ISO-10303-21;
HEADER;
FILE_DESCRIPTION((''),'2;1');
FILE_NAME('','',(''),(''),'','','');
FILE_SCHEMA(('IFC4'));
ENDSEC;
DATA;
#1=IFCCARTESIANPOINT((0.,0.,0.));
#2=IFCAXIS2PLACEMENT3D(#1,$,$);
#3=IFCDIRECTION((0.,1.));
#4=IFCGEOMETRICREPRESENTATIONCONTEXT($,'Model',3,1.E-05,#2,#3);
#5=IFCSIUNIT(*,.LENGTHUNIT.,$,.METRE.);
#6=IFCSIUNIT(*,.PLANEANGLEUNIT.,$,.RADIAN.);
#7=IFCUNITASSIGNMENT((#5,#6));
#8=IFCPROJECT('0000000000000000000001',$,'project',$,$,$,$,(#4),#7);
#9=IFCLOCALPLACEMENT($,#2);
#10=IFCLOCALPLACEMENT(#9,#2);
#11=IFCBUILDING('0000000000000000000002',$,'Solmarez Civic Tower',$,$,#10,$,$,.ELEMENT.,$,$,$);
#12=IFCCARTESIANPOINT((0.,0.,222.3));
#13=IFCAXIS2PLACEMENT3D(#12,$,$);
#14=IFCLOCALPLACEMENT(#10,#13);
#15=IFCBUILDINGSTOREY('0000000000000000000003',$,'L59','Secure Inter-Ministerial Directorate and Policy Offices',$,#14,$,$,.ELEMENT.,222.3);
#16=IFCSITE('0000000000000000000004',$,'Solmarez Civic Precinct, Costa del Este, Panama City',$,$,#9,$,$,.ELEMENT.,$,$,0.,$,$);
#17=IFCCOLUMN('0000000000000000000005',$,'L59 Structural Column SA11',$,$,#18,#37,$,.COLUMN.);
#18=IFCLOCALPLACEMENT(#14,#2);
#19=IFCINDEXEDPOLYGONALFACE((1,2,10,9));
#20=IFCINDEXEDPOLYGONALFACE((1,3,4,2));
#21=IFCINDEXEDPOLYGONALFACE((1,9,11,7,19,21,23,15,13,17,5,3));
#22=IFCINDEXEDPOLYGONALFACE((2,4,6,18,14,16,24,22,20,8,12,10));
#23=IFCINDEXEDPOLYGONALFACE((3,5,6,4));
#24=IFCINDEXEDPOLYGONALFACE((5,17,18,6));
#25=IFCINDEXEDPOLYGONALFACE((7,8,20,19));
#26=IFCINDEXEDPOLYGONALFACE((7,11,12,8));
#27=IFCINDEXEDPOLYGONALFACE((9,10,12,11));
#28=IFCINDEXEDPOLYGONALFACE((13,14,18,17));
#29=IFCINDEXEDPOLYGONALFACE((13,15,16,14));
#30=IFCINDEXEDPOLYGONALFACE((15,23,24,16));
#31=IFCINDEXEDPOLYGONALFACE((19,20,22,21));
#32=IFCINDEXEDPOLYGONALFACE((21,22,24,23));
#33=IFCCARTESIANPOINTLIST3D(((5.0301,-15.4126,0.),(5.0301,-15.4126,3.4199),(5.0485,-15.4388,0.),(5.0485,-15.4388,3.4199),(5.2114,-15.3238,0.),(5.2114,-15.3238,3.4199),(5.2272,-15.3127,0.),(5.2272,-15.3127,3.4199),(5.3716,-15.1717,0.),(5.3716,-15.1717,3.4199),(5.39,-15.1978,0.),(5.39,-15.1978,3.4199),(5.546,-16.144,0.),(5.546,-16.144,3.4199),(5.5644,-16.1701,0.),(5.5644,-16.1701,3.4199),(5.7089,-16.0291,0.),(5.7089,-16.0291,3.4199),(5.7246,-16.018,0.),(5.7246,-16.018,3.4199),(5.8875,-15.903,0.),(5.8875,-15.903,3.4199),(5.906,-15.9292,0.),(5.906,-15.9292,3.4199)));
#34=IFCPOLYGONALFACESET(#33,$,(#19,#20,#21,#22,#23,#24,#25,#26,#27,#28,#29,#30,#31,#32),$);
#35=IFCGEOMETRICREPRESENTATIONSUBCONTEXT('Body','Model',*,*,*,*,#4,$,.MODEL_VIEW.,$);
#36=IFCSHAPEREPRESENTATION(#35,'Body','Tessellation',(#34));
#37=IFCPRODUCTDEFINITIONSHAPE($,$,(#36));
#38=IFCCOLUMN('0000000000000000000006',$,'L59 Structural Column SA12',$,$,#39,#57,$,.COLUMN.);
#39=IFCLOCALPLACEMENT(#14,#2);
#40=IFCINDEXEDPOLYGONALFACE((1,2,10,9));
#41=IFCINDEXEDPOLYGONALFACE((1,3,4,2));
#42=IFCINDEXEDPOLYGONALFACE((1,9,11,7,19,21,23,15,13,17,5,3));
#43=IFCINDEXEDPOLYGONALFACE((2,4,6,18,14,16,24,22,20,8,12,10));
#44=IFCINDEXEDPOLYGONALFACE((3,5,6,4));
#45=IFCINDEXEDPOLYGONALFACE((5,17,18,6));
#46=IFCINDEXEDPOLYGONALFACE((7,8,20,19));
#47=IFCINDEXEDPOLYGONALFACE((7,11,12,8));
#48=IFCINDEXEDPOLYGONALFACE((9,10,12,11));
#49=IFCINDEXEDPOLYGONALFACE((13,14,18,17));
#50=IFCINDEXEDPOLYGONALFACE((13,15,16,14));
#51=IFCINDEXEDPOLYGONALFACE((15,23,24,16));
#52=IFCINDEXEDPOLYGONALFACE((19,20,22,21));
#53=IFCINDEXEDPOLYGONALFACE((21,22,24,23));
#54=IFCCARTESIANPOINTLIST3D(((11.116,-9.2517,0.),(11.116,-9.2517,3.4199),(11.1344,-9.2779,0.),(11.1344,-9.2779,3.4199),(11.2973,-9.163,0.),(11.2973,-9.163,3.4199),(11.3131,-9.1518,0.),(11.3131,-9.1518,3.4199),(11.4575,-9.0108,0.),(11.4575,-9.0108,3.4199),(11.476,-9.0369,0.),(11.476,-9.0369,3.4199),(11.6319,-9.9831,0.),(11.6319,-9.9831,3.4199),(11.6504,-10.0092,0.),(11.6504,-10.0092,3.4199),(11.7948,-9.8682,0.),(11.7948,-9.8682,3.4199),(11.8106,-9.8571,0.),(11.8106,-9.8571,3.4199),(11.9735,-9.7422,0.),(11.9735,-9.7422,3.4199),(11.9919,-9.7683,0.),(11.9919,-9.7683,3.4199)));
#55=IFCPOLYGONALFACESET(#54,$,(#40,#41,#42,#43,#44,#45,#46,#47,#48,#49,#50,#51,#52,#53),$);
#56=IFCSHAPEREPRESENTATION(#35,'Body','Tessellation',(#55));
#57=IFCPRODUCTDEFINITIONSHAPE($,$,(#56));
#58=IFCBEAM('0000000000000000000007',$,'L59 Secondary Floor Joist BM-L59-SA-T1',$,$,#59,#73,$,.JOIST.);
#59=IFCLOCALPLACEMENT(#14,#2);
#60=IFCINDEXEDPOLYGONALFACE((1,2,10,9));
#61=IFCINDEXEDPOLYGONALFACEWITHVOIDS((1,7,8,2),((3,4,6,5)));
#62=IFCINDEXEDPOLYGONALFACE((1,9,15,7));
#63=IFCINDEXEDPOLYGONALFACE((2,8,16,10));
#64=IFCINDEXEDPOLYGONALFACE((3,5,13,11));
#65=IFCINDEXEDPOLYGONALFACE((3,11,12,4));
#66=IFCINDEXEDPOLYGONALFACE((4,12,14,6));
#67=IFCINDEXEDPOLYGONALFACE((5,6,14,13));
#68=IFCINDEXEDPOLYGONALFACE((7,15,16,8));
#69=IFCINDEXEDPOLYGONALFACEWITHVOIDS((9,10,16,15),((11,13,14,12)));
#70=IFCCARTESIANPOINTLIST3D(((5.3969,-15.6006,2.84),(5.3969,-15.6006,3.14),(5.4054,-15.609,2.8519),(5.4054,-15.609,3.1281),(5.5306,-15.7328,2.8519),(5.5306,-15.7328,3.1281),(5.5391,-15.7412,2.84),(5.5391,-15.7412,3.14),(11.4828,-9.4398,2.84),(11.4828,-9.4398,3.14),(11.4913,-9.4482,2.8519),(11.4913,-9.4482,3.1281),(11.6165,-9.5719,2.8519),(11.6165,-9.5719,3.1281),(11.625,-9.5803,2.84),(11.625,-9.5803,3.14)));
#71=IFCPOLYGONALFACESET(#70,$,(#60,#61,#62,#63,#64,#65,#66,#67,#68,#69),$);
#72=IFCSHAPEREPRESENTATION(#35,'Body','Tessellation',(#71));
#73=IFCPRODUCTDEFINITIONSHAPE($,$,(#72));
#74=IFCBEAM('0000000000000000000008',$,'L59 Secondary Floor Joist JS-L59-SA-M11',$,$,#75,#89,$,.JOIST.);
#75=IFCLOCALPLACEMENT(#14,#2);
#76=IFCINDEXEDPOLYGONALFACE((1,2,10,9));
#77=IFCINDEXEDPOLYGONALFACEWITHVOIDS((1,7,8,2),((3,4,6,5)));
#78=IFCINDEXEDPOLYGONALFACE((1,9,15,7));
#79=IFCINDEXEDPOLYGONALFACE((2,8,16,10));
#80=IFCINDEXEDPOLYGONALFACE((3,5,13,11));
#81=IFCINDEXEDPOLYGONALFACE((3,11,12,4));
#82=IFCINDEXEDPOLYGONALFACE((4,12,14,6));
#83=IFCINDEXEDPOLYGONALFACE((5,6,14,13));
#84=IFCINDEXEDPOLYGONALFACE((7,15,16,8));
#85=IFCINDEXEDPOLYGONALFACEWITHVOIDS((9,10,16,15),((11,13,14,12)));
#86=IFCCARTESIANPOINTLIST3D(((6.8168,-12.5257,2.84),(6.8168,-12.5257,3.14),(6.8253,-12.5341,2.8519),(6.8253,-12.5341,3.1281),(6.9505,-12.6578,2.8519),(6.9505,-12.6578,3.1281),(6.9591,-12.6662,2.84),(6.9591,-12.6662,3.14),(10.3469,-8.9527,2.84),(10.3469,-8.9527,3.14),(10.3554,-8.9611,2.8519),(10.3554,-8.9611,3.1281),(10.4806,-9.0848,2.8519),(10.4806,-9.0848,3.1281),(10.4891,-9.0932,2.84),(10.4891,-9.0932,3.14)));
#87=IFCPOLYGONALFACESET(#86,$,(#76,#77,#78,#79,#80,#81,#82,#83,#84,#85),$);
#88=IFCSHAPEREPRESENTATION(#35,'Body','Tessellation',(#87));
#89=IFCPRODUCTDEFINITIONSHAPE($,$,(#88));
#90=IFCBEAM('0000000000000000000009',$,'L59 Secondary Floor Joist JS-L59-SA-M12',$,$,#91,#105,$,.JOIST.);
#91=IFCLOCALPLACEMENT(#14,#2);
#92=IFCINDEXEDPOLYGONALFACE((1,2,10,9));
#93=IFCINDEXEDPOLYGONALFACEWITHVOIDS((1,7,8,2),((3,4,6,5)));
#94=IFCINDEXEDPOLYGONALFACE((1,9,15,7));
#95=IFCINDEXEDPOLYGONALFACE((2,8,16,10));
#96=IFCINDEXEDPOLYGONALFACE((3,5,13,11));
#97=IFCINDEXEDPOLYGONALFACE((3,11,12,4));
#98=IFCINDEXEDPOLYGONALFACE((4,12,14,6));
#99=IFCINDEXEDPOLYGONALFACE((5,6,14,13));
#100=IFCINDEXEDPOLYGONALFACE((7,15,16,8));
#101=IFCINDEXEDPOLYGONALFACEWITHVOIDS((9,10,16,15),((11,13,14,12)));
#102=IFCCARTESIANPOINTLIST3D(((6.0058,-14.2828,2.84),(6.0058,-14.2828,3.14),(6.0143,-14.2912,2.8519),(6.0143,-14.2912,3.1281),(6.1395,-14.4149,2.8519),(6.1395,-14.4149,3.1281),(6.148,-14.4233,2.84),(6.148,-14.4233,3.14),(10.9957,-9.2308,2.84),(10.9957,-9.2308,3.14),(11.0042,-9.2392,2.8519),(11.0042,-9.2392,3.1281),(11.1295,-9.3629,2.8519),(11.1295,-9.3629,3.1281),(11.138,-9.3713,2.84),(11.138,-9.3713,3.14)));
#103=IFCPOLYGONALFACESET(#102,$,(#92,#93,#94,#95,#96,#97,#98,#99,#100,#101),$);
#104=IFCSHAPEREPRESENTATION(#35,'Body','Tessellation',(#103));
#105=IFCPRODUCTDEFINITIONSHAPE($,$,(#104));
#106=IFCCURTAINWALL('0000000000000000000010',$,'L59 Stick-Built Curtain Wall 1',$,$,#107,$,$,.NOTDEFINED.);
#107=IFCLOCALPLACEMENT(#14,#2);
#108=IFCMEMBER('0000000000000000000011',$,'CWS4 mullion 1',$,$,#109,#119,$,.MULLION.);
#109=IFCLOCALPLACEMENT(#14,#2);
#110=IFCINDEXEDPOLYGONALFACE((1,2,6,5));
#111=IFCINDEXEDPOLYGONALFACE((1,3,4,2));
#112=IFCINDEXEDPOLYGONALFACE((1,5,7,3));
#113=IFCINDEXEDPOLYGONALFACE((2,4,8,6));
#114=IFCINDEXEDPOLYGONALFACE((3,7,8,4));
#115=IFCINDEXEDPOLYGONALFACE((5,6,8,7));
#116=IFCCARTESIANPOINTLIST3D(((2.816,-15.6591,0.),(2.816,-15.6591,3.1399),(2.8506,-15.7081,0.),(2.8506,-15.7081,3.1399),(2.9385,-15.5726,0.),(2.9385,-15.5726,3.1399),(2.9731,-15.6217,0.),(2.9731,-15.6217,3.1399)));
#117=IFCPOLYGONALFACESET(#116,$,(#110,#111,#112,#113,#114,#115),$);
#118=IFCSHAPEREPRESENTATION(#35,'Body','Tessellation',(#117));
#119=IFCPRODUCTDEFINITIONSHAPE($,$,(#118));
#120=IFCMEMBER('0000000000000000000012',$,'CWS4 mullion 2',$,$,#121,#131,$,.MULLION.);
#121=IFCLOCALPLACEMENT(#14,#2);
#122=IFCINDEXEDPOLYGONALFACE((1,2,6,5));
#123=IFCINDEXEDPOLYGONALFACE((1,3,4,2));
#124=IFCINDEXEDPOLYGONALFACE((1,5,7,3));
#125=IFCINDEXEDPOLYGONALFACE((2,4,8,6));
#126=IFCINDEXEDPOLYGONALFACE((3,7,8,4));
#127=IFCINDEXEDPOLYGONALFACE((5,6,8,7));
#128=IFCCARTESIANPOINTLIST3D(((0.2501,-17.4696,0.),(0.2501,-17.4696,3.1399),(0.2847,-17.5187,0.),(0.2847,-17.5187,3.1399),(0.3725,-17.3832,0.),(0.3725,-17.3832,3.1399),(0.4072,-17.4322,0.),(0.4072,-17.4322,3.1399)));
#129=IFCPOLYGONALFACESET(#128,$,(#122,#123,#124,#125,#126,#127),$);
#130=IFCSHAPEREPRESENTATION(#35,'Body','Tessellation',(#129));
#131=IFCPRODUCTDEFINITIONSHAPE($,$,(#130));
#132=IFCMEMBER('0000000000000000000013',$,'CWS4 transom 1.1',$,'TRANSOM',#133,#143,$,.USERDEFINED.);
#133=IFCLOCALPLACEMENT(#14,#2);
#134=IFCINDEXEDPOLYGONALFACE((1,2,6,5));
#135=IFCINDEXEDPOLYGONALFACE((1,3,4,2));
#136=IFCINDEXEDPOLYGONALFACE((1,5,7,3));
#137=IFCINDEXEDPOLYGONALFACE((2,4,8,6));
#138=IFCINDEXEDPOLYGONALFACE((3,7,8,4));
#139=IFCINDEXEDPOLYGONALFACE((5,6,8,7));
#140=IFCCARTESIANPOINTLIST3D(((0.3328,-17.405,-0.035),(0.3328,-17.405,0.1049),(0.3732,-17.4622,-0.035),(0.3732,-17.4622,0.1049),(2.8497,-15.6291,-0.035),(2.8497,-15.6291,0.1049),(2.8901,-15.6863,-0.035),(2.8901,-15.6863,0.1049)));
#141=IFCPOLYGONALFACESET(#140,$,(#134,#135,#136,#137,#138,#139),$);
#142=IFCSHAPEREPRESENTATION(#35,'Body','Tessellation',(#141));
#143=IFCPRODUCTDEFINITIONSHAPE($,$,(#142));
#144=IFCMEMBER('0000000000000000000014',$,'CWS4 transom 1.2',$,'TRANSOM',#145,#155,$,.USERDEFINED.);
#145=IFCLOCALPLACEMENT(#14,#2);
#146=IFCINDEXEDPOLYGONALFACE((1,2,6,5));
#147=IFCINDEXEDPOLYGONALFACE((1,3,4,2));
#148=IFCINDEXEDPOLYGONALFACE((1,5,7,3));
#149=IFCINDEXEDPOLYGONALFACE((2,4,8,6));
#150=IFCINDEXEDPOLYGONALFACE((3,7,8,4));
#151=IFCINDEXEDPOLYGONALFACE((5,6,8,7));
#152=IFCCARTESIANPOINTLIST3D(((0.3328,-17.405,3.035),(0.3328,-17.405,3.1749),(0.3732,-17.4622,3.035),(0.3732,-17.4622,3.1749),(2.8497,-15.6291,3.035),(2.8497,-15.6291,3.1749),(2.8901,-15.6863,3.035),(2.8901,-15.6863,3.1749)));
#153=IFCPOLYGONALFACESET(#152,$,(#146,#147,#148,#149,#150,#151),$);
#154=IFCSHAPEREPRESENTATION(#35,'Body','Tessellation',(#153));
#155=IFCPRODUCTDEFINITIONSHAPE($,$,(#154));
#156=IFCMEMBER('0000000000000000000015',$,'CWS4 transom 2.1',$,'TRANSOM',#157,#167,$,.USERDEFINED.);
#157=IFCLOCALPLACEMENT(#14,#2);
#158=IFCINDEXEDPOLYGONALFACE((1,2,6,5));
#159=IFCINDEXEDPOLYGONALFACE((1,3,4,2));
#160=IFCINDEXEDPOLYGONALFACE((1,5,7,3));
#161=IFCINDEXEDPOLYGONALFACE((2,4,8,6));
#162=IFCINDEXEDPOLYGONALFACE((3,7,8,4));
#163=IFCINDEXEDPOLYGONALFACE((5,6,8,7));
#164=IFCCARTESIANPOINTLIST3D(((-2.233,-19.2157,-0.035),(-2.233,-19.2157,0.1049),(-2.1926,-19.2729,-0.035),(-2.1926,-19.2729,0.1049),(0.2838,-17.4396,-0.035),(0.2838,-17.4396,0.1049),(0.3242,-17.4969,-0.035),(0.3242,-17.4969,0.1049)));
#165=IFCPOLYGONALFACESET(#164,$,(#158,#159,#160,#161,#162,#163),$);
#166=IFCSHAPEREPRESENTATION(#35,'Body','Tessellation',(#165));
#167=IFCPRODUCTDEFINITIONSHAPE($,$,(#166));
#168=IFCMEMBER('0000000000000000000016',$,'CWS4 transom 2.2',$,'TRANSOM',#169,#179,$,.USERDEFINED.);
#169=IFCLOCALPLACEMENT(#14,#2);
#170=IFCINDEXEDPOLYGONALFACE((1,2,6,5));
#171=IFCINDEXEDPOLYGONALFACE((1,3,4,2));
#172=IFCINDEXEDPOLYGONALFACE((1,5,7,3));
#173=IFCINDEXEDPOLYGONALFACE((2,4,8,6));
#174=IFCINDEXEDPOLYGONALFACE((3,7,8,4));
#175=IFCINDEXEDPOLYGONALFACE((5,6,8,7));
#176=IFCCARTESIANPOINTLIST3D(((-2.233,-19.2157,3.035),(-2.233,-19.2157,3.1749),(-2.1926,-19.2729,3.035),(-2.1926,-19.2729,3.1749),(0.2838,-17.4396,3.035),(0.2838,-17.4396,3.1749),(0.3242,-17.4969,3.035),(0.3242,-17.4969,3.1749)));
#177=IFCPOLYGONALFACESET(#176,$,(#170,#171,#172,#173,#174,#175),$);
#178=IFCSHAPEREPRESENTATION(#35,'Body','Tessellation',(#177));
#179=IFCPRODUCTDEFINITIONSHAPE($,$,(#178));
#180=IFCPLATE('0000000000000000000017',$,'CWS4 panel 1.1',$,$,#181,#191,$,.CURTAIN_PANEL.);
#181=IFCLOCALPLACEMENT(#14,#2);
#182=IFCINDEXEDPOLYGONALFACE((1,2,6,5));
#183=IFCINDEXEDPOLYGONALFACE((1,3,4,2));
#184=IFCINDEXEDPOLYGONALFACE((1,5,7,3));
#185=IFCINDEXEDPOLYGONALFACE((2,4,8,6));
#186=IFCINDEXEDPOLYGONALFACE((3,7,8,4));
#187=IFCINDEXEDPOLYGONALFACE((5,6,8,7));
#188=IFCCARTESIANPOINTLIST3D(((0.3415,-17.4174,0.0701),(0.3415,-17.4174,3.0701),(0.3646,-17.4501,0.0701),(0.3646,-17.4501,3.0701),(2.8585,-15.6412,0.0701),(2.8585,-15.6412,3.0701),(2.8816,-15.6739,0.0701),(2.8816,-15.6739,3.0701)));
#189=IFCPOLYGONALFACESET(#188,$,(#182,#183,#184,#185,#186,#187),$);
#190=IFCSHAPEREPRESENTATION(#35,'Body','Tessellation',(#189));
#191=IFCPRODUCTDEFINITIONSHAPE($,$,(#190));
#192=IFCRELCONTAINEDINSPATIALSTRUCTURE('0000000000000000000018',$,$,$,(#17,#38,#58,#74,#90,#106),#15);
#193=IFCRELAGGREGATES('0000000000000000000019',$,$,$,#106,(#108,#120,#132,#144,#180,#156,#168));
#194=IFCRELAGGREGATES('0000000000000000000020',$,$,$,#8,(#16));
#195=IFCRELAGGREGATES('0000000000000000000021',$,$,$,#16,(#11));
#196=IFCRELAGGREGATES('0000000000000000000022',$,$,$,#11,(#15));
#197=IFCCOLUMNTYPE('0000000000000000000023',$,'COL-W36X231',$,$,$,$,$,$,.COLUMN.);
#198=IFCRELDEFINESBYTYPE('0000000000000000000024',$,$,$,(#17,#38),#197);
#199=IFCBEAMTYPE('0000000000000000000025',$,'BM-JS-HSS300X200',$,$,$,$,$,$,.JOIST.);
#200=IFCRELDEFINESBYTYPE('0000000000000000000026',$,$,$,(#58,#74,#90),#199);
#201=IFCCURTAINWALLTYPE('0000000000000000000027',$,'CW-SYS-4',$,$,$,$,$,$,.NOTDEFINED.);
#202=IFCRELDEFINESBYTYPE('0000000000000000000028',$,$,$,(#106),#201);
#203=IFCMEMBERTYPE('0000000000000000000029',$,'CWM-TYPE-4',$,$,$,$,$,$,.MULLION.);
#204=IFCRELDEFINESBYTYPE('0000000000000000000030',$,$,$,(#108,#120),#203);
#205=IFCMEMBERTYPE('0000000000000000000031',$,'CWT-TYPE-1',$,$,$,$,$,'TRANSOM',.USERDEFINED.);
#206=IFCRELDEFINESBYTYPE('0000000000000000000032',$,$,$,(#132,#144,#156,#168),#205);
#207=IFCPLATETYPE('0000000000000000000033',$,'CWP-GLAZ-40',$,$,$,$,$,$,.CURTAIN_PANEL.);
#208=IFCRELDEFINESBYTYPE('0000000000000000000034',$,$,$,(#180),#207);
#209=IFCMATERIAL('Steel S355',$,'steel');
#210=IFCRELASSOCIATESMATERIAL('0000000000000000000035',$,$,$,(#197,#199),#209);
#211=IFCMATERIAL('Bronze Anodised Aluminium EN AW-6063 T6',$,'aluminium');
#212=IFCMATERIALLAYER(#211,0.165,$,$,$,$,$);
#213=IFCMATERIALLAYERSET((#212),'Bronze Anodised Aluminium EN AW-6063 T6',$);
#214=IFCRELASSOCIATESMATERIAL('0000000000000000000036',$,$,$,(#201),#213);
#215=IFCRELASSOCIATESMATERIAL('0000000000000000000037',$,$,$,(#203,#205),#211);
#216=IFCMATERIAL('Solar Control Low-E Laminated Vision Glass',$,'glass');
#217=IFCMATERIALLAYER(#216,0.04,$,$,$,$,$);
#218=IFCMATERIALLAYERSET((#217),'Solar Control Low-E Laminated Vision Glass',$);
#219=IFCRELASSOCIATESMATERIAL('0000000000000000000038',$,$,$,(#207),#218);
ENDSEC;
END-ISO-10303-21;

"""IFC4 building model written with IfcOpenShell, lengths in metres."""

from ifc_helpers import new_model, si_unit, direction, frame, origin, origin_2d, place, context, subcontext, project, spatial, rectangle, hollow_rectangle, i_section, extrude, material, layer, layer_set, material_profile, profile_set, type_object, element, aggregate, save


model = new_model("IFC4")

# Units and contexts
model_context = context("Model", 3, precision=1e-05, world=origin(), true_north=direction((0.0, 1.0)))
body_context = subcontext(model_context, "Body", "Model", "MODEL_VIEW")
ifc_project = project(units=[si_unit("LENGTHUNIT", "METRE"), si_unit("PLANEANGLEUNIT", "RADIAN")], contexts=[model_context])

# Site, building, storey
site_placement = place(None, origin())
site = spatial("IfcSite", under=ifc_project, at=site_placement, Name="Solmarez Civic Precinct, Costa del Este, Panama City", CompositionType="ELEMENT", RefElevation=0.0)
building_placement = place(site_placement, origin())
building = spatial("IfcBuilding", under=site, at=building_placement, Name="Solmarez Civic Tower", CompositionType="ELEMENT")
storey_placement = place(building_placement, frame((0.0, 0.0, 222.3)))
storey = spatial("IfcBuildingStorey", under=building, at=storey_placement, Name="L59", Description="Secure Inter-Ministerial Directorate and Policy Offices", CompositionType="ELEMENT", Elevation=222.3)

# Columns
ifc_material_1 = material(Name="Steel S355", Category="steel")
ifc_material_profile_1 = material_profile(ifc_material_1, i_section(OverallWidth=0.418, OverallDepth=0.927, WebThickness=0.0193, FlangeThickness=0.032, at=origin_2d()), Name="W36X231")
ifc_profile_set_1 = profile_set([ifc_material_profile_1], Name="Steel S355")
column_type = type_object("IfcColumnType", Name="COL-W36X231", PredefinedType="COLUMN", material=ifc_profile_set_1)
for number, where, z_axis, x_axis, name in (
    (1, (5.468, -15.6709, 0.0), (0.0, 0.0, 1.0), (0.817145, 0.576432, 0.0), "L59 Structural Column SA11"),
    (2, (11.554, -9.51, 0.0), (0.0, 0.0, 1.0), (0.817145, 0.576432, 0.0), "L59 Structural Column SA12"),
):
    element("IfcColumn", number, at=place(storey_placement, frame(where, z_axis=z_axis, x_axis=x_axis)), inside=storey, type_object=column_type, Name=name, PredefinedType="COLUMN", context=body_context, shape_type="SweptSolid", body=[
        extrude(i_section(OverallWidth=0.418, OverallDepth=0.927, WebThickness=0.0193, FlangeThickness=0.032, at=origin_2d()), origin(), (0.0, 0.0, 1.0), 3.4199),
    ])

# Beams
ifc_material_profile_2 = material_profile(ifc_material_1, hollow_rectangle(XDim=0.2, YDim=0.3, WallThickness=0.012, at=origin_2d()), Name="HSS300X200X12")
ifc_profile_set_2 = profile_set([ifc_material_profile_2], Name="Steel S355")
beam_type = type_object("IfcBeamType", Name="BM-JS-HSS300X200", PredefinedType="JOIST", material=ifc_profile_set_2)
beam_1_placement = place(storey_placement, frame((5.468, -15.6709, 2.99), z_axis=(0.702766, 0.711421, 0.0), x_axis=(-0.711421, 0.702766, 0.0)))
element("IfcBeam", 3, at=beam_1_placement, inside=storey, type_object=beam_type, Name="L59 Secondary Floor Joist BM-L59-SA-T1", PredefinedType="JOIST", context=body_context, shape_type="SweptSolid", body=[
    extrude(hollow_rectangle(XDim=0.2, YDim=0.3, WallThickness=0.012, at=origin_2d()), origin(), (0.0, 0.0, 1.0), 8.6599),
])
beam_2_placement = place(storey_placement, frame((6.8879, -12.5959, 2.99), z_axis=(0.702816, 0.711371, 0.0), x_axis=(-0.711371, 0.702816, 0.0)))
element("IfcBeam", 4, at=beam_2_placement, inside=storey, type_object=beam_type, Name="L59 Secondary Floor Joist JS-L59-SA-M11", PredefinedType="JOIST", context=body_context, shape_type="SweptSolid", body=[
    extrude(hollow_rectangle(XDim=0.2, YDim=0.3, WallThickness=0.012, at=origin_2d()), origin(), (0.0, 0.0, 1.0), 5.0227),
])
beam_3_placement = place(storey_placement, frame((6.0769, -14.353, 2.99), z_axis=(0.702727, 0.71146, 0.0), x_axis=(-0.71146, 0.702727, 0.0)))
element("IfcBeam", 5, at=beam_3_placement, inside=storey, type_object=beam_type, Name="L59 Secondary Floor Joist JS-L59-SA-M12", PredefinedType="JOIST", context=body_context, shape_type="SweptSolid", body=[
    extrude(hollow_rectangle(XDim=0.2, YDim=0.3, WallThickness=0.012, at=origin_2d()), origin(), (0.0, 0.0, 1.0), 7.1008),
])

# Curtain wall, members, plate
ifc_material_2 = material(Name="Bronze Anodised Aluminium EN AW-6063 T6", Category="aluminium")
ifc_layer_1 = layer(ifc_material_2, 0.165)
ifc_layer_set_1 = layer_set([ifc_layer_1], Name="Bronze Anodised Aluminium EN AW-6063 T6")
curtain_wall_type = type_object("IfcCurtainWallType", Name="CW-SYS-4", PredefinedType="NOTDEFINED", material=ifc_layer_set_1)
curtain_wall_placement = place(storey_placement, origin())
curtain_wall = element("IfcCurtainWall", 6, at=curtain_wall_placement, inside=storey, type_object=curtain_wall_type, Name="L59 Stick-Built Curtain Wall 1", PredefinedType="NOTDEFINED")
ifc_material_profile_3 = material_profile(ifc_material_2, rectangle(XDim=0.0601, YDim=0.1499, at=origin_2d()), Name="CWM-60X150")
ifc_profile_set_3 = profile_set([ifc_material_profile_3], Name="Bronze Anodised Aluminium EN AW-6063 T6")
member_type_1 = type_object("IfcMemberType", Name="CWM-TYPE-4", PredefinedType="MULLION", material=ifc_profile_set_3)
member_1_placement = place(storey_placement, frame((2.8945, -15.6404, 0.0), z_axis=(0.0, 0.0, 1.0), x_axis=(0.576559, -0.817055, 0.0)))
member_1 = element("IfcMember", 7, at=member_1_placement, type_object=member_type_1, Name="CWS4 mullion 1", PredefinedType="MULLION", context=body_context, shape_type="SweptSolid", body=[
    extrude(rectangle(XDim=0.0601, YDim=0.1499, at=origin_2d()), origin(), (0.0, 0.0, 1.0), 3.1399),
])
member_2_placement = place(storey_placement, frame((0.3286, -17.4509, 0.0), z_axis=(0.0, 0.0, 1.0), x_axis=(0.576559, -0.817055, 0.0)))
member_2 = element("IfcMember", 8, at=member_2_placement, type_object=member_type_1, Name="CWS4 mullion 2", PredefinedType="MULLION", context=body_context, shape_type="SweptSolid", body=[
    extrude(rectangle(XDim=0.0601, YDim=0.1499, at=origin_2d()), origin(), (0.0, 0.0, 1.0), 3.1399),
])
ifc_material_profile_4 = material_profile(ifc_material_2, rectangle(XDim=0.0701, YDim=0.1399, at=origin_2d()), Name="CWT-70X140")
ifc_profile_set_4 = profile_set([ifc_material_profile_4], Name="Bronze Anodised Aluminium EN AW-6063 T6")
member_type_2 = type_object("IfcMemberType", Name="CWT-TYPE-1", ElementType="TRANSOM", PredefinedType="USERDEFINED", material=ifc_profile_set_4)
member_3_placement = place(storey_placement, frame((2.8699, -15.6577, 0.0349), z_axis=(-0.817078, -0.576528, 0.0), x_axis=(0.576528, -0.817078, 0.0)))
member_3 = element("IfcMember", 9, at=member_3_placement, type_object=member_type_2, Name="CWS4 transom 1.1", ObjectType="TRANSOM", PredefinedType="USERDEFINED", context=body_context, shape_type="SweptSolid", body=[
    extrude(rectangle(XDim=0.0701, YDim=0.1399, at=origin_2d()), origin(), (0.0, 0.0, 1.0), 3.0803),
])
member_4_placement = place(storey_placement, frame((2.8699, -15.6577, 3.105), z_axis=(-0.817078, -0.576528, 0.0), x_axis=(0.576528, -0.817078, 0.0)))
member_4 = element("IfcMember", 10, at=member_4_placement, type_object=member_type_2, Name="CWS4 transom 1.2", ObjectType="TRANSOM", PredefinedType="USERDEFINED", context=body_context, shape_type="SweptSolid", body=[
    extrude(rectangle(XDim=0.0701, YDim=0.1399, at=origin_2d()), origin(), (0.0, 0.0, 1.0), 3.0803),
])
member_5_placement = place(storey_placement, frame((0.304, -17.4683, 0.0349), z_axis=(-0.81704, -0.576581, 0.0), x_axis=(0.576581, -0.81704, 0.0)))
member_5 = element("IfcMember", 11, at=member_5_placement, type_object=member_type_2, Name="CWS4 transom 2.1", ObjectType="TRANSOM", PredefinedType="USERDEFINED", context=body_context, shape_type="SweptSolid", body=[
    extrude(rectangle(XDim=0.0701, YDim=0.1399, at=origin_2d()), origin(), (0.0, 0.0, 1.0), 3.0803),
])
member_6_placement = place(storey_placement, frame((0.304, -17.4683, 3.105), z_axis=(-0.81704, -0.576581, 0.0), x_axis=(0.576581, -0.81704, 0.0)))
member_6 = element("IfcMember", 12, at=member_6_placement, type_object=member_type_2, Name="CWS4 transom 2.2", ObjectType="TRANSOM", PredefinedType="USERDEFINED", context=body_context, shape_type="SweptSolid", body=[
    extrude(rectangle(XDim=0.0701, YDim=0.1399, at=origin_2d()), origin(), (0.0, 0.0, 1.0), 3.0803),
])
ifc_material_3 = material(Name="Solar Control Low-E Laminated Vision Glass", Category="glass")
ifc_layer_2 = layer(ifc_material_3, 0.04)
ifc_layer_set_2 = layer_set([ifc_layer_2], Name="Solar Control Low-E Laminated Vision Glass")
plate_type_1 = type_object("IfcPlateType", Name="CWP-GLAZ-40", PredefinedType="CURTAIN_PANEL", material=ifc_layer_set_2)
plate_placement = place(storey_placement, frame((1.6116, -16.5457, 0.0701), z_axis=(0.0, 0.0, 1.0), x_axis=(-0.817055, -0.576559, 0.0)))
plate = element("IfcPlate", 13, at=plate_placement, type_object=plate_type_1, Name="CWS4 panel 1.1", PredefinedType="CURTAIN_PANEL", context=body_context, shape_type="SweptSolid", body=[
    extrude(rectangle(XDim=3.0806, YDim=0.04, at=origin_2d()), origin(), (0.0, 0.0, 1.0), 3.0),
])
aggregate(curtain_wall, [member_1, member_2, member_3, member_4, plate, member_5, member_6])

save(model, "model.ifc")
